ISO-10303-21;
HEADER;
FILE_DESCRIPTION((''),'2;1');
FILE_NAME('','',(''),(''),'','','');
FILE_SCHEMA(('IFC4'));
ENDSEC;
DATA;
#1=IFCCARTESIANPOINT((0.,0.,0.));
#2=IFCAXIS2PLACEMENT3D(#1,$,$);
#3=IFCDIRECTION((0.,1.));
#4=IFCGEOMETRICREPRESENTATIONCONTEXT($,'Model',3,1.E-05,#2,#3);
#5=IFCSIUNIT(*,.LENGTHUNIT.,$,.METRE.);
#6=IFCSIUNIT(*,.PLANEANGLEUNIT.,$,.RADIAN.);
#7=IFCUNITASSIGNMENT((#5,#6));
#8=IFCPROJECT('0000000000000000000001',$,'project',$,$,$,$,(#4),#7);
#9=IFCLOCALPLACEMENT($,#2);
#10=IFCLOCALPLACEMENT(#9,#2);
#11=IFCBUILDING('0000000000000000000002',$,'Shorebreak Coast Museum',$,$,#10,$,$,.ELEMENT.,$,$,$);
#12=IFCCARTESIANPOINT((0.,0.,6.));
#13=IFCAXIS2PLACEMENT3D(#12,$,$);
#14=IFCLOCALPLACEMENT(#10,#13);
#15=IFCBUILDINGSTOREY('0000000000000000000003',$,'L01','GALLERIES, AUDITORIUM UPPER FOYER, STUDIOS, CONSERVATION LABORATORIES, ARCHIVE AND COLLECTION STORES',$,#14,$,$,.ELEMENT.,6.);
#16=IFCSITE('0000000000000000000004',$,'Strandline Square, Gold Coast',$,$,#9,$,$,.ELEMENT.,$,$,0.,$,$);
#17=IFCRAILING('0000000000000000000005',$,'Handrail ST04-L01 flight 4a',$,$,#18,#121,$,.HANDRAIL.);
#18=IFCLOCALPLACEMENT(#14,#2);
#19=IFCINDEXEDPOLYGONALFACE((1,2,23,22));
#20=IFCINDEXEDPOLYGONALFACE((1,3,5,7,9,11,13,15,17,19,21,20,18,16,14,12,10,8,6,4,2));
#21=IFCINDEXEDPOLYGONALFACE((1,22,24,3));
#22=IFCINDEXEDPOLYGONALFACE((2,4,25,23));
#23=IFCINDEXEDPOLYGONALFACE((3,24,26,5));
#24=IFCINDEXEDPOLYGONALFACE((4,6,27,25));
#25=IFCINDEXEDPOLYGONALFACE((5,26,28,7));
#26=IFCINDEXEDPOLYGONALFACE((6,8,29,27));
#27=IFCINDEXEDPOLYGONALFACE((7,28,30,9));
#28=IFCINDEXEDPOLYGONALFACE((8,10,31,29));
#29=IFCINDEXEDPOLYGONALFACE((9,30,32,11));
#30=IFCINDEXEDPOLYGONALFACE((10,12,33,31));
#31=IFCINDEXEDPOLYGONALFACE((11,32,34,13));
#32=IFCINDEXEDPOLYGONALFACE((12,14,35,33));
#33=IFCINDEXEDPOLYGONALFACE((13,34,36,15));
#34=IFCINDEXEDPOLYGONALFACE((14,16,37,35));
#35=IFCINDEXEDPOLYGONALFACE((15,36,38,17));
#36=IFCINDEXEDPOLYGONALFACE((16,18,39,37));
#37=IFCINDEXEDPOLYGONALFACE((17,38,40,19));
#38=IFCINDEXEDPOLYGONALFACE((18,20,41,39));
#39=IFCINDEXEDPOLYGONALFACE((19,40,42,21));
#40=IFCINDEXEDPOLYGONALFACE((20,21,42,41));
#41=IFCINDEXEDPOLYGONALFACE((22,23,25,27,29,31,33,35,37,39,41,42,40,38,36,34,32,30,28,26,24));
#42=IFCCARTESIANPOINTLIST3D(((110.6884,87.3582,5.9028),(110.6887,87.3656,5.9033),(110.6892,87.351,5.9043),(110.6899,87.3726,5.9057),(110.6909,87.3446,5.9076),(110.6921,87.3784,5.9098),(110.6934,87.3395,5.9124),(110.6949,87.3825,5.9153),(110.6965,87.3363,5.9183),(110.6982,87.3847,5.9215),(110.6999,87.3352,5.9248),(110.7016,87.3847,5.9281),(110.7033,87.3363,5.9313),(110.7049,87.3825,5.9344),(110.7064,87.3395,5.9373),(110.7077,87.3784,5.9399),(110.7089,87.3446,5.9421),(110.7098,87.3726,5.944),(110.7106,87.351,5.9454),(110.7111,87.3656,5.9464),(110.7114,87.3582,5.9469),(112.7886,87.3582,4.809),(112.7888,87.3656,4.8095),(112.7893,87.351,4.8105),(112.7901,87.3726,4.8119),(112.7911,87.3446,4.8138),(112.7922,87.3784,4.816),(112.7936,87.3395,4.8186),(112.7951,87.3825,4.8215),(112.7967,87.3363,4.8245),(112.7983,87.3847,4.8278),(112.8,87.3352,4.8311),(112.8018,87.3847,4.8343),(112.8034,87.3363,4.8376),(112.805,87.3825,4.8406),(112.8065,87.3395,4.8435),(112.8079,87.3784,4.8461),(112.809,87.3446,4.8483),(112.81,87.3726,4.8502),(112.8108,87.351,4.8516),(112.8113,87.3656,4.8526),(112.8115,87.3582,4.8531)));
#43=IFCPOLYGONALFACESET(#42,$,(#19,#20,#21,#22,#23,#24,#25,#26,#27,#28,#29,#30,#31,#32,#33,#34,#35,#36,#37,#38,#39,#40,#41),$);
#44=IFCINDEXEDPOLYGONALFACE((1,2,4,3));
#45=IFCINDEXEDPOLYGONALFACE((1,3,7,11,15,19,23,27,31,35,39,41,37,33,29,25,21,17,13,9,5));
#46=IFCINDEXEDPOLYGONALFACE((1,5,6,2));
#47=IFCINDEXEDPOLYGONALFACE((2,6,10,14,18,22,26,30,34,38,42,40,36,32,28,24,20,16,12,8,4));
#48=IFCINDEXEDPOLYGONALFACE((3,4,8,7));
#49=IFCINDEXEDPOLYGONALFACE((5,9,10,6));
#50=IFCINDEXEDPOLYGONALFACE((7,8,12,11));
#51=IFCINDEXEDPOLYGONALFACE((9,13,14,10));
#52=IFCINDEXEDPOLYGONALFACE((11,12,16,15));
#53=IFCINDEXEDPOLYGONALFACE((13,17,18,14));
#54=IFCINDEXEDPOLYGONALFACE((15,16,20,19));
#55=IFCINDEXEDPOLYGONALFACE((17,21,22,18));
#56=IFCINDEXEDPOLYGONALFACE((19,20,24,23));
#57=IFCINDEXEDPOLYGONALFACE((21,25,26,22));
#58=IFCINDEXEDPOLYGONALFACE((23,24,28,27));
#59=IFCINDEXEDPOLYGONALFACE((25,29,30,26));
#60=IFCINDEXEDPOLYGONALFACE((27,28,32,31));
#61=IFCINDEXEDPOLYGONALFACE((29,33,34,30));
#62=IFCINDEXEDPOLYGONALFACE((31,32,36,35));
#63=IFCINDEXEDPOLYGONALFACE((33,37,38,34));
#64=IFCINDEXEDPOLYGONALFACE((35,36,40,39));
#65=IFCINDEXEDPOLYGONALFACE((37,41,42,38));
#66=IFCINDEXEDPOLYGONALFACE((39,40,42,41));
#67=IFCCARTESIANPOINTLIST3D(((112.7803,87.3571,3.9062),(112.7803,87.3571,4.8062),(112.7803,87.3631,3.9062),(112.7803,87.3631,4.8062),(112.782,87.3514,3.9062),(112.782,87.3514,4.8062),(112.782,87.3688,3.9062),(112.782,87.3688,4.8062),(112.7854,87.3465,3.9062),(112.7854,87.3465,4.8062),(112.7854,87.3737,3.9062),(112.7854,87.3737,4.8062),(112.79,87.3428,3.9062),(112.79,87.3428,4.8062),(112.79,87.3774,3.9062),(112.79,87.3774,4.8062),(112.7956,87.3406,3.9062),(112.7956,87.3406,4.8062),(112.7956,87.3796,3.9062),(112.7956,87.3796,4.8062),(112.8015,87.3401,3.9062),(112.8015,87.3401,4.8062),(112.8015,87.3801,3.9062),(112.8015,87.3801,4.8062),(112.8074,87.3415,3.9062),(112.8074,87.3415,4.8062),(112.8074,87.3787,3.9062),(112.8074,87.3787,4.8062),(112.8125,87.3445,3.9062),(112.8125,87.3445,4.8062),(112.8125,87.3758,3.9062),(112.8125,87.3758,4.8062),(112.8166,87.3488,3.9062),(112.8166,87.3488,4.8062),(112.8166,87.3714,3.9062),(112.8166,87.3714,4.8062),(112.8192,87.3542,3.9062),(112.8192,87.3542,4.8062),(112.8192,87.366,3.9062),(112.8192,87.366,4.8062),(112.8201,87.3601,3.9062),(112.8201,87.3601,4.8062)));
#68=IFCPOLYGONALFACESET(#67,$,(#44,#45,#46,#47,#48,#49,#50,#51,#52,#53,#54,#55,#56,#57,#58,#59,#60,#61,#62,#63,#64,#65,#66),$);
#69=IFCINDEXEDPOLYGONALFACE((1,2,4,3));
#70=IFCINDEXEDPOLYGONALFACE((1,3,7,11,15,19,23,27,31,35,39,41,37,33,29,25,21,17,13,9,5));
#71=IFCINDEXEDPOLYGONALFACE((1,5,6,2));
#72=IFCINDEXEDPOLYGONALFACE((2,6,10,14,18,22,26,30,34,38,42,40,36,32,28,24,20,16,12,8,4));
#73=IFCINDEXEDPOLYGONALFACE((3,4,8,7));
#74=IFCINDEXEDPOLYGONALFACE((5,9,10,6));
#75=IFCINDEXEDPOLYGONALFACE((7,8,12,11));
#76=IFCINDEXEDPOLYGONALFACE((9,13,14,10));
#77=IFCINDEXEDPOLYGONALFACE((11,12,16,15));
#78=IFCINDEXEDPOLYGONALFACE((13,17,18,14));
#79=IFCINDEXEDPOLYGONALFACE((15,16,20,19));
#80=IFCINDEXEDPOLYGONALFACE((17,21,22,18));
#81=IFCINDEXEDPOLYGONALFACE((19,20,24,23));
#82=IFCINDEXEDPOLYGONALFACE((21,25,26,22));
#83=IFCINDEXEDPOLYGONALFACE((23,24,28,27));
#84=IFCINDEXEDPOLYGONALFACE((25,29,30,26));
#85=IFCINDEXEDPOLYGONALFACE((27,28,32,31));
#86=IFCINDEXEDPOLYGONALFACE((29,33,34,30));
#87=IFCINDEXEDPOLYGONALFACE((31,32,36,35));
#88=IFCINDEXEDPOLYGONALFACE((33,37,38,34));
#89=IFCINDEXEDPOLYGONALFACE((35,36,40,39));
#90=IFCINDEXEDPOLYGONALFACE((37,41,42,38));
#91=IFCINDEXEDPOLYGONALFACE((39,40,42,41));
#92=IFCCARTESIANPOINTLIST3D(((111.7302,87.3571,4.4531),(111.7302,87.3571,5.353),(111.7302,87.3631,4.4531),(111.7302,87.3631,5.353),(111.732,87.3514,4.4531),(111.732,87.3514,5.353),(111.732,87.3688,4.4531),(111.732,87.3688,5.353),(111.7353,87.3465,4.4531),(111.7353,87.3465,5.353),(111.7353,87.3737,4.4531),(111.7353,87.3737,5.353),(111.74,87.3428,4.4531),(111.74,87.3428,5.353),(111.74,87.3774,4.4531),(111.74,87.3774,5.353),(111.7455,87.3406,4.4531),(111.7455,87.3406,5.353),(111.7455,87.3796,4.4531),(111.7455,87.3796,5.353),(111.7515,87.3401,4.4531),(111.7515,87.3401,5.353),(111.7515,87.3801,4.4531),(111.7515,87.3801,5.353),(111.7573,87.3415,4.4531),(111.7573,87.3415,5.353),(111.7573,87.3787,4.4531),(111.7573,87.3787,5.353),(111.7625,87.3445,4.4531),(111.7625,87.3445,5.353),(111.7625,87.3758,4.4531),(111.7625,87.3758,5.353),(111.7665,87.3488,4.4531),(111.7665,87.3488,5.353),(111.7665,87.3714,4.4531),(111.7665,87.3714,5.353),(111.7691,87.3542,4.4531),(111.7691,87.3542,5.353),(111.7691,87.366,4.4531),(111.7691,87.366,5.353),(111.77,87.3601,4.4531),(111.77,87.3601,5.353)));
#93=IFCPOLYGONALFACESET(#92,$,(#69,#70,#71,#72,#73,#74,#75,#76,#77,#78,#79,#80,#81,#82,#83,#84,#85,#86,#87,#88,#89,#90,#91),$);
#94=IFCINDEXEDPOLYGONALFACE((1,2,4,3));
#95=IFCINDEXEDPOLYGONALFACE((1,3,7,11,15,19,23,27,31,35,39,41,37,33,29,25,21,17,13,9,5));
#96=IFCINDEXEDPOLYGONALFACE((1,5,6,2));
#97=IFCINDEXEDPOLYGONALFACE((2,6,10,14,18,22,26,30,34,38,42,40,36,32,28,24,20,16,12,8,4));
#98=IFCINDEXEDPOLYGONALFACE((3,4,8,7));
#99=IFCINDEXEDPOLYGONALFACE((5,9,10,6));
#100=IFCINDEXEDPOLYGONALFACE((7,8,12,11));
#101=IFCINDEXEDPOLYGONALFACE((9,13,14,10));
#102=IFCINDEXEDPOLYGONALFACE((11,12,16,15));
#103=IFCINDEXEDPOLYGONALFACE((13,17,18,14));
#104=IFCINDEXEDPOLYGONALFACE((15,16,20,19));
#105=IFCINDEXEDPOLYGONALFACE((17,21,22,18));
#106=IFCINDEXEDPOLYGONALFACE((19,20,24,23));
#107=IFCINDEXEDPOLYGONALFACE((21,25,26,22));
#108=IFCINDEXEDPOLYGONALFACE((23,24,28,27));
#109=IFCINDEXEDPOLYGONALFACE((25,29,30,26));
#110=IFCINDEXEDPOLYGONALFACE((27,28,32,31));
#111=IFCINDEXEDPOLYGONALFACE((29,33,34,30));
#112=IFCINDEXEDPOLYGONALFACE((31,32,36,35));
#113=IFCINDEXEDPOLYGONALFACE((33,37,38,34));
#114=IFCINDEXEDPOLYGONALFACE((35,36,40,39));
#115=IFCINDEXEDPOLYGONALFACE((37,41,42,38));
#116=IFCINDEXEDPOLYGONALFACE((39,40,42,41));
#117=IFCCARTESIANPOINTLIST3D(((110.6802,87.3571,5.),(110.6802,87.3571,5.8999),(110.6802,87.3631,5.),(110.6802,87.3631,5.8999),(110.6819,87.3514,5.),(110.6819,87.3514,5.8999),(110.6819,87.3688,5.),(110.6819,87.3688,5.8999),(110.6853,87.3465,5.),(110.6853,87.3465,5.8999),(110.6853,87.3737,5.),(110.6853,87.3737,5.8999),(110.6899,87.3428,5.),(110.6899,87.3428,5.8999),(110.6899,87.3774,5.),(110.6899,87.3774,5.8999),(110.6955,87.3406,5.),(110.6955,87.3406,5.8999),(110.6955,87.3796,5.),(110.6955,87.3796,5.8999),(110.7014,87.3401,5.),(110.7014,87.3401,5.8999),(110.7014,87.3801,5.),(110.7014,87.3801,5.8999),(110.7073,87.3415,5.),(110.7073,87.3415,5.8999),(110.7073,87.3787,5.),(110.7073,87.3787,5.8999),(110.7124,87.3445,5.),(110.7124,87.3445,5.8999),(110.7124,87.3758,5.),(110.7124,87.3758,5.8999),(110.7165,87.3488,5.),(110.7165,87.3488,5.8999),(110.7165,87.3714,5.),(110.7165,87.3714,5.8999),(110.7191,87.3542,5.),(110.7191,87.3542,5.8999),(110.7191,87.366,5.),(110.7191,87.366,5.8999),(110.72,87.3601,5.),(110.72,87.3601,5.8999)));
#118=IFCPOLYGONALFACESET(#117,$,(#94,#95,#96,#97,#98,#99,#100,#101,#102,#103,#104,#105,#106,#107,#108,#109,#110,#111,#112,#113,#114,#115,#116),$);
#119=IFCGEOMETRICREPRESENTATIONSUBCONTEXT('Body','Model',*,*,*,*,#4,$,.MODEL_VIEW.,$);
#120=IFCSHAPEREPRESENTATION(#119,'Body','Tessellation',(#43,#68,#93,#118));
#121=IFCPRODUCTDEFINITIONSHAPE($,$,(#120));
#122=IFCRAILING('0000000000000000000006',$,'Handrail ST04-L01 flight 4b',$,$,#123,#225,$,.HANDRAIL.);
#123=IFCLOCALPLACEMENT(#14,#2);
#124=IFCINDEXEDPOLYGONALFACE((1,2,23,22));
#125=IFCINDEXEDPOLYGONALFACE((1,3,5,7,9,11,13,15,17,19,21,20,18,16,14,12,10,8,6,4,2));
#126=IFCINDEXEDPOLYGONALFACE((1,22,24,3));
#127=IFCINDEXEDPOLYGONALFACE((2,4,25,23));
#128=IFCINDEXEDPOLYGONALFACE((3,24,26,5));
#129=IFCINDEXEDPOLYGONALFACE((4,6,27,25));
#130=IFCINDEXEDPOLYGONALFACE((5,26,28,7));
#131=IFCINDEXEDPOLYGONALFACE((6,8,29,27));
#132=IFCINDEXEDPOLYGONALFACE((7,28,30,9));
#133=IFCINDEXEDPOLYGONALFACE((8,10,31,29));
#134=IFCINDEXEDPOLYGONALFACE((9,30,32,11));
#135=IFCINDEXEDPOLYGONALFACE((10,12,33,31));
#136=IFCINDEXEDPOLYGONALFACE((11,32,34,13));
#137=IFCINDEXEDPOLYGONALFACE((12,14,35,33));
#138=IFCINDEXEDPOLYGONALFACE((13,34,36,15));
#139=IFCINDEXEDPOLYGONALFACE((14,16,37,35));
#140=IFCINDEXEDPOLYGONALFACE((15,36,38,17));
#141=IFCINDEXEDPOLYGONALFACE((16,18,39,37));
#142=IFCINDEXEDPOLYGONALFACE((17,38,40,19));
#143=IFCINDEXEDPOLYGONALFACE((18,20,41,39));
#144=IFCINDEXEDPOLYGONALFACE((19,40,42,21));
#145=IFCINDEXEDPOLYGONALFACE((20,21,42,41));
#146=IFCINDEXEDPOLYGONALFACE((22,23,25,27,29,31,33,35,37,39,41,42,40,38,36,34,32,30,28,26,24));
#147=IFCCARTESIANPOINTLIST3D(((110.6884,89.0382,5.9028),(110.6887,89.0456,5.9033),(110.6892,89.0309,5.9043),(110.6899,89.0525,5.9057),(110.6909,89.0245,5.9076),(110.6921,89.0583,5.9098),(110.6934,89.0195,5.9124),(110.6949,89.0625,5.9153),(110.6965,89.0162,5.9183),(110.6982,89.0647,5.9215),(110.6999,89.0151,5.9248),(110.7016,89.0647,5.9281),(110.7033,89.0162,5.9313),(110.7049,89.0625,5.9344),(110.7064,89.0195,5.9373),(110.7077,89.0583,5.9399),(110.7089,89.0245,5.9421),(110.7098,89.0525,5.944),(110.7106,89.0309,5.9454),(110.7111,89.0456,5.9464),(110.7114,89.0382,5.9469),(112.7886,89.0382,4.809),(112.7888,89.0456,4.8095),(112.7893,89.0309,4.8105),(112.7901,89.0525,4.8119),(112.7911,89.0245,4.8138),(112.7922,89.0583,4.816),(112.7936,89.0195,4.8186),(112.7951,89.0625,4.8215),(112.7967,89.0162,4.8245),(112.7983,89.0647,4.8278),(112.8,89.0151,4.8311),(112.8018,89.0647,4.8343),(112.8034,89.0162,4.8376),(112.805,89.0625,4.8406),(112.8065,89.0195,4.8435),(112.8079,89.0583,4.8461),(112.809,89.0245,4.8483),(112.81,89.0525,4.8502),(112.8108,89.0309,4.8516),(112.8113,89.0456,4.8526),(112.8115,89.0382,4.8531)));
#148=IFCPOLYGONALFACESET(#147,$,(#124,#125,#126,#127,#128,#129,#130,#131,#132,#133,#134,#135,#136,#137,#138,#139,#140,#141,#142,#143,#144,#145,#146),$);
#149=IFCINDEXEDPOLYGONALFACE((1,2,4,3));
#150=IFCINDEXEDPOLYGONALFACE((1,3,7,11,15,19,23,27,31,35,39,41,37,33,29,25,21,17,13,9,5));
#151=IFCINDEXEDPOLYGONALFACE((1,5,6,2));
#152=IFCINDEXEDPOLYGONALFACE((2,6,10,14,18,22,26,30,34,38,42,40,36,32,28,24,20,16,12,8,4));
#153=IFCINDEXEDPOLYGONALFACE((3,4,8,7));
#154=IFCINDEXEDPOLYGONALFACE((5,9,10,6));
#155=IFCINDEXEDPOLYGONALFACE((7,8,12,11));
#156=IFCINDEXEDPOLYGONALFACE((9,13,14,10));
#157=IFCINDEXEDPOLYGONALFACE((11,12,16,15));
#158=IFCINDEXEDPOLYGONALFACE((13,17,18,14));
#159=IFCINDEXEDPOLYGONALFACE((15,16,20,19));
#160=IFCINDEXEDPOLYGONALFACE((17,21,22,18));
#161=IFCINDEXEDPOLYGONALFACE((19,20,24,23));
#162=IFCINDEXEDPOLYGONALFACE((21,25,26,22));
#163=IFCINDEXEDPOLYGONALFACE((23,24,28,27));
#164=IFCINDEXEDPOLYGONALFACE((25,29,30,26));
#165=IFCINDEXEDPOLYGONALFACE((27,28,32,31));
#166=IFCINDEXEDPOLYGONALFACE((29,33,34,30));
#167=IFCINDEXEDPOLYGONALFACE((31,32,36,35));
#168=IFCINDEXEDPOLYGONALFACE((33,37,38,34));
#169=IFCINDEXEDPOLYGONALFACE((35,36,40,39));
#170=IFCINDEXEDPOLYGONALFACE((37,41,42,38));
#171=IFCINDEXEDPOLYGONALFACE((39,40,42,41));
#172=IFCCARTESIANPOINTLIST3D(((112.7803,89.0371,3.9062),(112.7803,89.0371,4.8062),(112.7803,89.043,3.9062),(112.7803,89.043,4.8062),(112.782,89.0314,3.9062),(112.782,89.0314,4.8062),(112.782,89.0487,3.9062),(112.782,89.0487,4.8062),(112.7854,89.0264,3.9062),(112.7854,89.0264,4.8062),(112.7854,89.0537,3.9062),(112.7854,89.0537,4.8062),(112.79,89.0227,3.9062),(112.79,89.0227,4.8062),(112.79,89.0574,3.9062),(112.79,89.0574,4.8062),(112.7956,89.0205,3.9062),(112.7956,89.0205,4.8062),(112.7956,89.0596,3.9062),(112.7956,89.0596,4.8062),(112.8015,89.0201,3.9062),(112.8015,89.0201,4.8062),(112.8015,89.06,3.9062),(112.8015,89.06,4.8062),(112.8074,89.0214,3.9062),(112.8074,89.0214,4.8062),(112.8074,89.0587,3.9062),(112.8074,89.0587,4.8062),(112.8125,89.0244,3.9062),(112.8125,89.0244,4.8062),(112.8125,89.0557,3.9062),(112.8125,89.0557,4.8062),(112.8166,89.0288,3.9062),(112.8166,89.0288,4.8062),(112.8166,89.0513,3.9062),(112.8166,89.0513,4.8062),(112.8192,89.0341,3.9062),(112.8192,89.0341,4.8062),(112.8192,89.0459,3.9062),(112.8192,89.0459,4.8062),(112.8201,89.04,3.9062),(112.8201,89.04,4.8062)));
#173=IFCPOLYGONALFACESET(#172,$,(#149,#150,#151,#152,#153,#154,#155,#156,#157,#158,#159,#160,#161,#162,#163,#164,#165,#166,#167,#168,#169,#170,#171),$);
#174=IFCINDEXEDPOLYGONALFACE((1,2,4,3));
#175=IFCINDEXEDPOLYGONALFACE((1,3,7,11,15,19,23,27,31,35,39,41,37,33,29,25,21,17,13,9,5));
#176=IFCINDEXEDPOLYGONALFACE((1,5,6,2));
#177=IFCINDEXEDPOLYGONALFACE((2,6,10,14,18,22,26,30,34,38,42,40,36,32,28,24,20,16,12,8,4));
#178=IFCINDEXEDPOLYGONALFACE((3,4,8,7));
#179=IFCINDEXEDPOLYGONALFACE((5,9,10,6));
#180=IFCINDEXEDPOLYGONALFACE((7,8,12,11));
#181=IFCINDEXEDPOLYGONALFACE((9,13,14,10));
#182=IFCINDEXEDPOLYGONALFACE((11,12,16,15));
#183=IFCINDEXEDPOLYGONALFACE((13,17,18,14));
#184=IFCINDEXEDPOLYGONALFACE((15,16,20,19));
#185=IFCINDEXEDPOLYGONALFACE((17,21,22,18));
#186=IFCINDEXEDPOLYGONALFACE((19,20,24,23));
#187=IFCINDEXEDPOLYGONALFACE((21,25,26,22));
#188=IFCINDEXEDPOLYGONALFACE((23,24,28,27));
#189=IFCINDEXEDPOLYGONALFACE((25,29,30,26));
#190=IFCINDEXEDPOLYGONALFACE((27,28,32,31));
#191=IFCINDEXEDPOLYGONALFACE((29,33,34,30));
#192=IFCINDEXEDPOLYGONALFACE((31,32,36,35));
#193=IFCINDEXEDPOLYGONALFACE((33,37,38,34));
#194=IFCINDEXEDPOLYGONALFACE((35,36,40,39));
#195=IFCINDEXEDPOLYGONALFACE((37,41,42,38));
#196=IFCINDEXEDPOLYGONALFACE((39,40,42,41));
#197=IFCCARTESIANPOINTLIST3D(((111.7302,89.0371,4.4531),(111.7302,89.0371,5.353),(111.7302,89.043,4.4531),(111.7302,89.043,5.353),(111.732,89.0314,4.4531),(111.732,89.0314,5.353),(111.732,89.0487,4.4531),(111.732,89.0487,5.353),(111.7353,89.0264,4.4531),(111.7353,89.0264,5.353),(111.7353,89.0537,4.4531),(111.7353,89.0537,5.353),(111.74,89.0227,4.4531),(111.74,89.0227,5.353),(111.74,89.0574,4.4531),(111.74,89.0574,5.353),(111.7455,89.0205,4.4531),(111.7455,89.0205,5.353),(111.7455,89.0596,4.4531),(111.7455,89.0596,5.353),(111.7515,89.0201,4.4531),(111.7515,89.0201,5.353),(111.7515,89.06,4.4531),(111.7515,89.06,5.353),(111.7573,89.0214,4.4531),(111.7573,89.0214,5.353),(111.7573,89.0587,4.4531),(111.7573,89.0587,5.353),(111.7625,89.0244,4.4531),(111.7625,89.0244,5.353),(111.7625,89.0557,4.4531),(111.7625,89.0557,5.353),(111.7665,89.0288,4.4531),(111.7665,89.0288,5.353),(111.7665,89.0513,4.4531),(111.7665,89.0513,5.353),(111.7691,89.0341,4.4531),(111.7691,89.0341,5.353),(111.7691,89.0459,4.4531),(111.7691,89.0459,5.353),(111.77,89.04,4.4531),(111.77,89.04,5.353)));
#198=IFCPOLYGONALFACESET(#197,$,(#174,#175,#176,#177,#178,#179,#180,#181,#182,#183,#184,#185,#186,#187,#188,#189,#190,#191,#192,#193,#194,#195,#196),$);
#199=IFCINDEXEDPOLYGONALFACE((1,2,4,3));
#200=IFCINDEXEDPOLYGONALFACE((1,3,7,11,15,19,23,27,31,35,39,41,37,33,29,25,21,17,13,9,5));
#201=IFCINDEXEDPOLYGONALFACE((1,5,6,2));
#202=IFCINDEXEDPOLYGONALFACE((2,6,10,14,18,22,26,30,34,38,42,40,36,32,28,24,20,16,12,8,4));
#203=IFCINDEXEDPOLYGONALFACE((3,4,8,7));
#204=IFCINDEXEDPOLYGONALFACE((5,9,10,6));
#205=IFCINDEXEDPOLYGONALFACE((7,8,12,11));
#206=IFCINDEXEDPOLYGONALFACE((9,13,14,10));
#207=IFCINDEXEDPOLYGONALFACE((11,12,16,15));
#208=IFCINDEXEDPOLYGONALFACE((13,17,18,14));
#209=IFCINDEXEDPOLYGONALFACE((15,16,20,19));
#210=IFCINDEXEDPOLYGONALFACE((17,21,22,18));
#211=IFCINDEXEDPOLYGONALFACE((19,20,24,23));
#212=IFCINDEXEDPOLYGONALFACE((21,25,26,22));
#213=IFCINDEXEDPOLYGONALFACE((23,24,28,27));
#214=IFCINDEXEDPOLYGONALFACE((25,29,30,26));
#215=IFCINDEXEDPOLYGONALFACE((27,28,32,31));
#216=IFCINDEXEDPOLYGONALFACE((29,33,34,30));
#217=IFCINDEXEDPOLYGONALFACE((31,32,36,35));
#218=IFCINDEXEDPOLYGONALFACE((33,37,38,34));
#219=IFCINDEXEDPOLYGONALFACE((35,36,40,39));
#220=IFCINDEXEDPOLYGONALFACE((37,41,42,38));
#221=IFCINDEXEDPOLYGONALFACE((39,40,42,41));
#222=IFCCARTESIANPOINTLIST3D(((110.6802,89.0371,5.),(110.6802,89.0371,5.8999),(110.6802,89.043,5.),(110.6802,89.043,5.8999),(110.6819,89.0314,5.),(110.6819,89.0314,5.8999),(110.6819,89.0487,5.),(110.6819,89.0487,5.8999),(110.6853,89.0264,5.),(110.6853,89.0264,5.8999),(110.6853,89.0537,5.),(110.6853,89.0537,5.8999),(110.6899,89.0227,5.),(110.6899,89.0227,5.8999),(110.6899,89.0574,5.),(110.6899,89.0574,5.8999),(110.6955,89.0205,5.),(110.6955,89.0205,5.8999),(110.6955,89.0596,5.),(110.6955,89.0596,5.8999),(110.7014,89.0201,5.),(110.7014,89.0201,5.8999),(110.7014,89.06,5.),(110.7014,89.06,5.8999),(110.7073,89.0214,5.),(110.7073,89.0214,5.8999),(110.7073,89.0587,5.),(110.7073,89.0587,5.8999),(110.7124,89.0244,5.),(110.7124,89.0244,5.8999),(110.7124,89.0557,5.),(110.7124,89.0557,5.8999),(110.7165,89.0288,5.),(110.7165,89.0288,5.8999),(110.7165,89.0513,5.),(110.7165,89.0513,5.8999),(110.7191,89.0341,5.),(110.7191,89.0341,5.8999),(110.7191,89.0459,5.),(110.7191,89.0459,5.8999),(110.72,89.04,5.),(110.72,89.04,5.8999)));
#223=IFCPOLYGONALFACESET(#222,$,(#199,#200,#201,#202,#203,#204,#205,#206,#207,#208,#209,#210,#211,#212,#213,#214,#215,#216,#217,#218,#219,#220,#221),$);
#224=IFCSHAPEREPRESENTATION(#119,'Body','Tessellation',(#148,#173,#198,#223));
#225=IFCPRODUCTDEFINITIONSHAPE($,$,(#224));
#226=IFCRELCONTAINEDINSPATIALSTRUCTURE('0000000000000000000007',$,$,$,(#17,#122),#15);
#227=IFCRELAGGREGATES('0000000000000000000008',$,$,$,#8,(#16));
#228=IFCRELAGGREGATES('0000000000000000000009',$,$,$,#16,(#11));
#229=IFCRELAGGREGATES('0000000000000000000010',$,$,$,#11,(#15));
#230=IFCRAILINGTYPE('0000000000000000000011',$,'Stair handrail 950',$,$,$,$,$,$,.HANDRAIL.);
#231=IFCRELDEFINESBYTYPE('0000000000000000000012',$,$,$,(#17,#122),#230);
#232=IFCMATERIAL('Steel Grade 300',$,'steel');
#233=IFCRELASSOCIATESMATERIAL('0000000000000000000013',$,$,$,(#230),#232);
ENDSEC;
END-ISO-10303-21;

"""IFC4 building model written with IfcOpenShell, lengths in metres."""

from ifc_helpers import new_model, si_unit, direction, frame, origin, origin_2d, place, context, subcontext, project, spatial, circle, extrude, material, type_object, element, save


model = new_model("IFC4")

# Units and contexts
model_context = context("Model", 3, precision=1e-05, world=origin(), true_north=direction((0.0, 1.0)))
body_context = subcontext(model_context, "Body", "Model", "MODEL_VIEW")
ifc_project = project(units=[si_unit("LENGTHUNIT", "METRE"), si_unit("PLANEANGLEUNIT", "RADIAN")], contexts=[model_context])

# Site, building, storey
site_placement = place(None, origin())
site = spatial("IfcSite", under=ifc_project, at=site_placement, Name="Strandline Square, Gold Coast", CompositionType="ELEMENT", RefElevation=0.0)
building_placement = place(site_placement, origin())
building = spatial("IfcBuilding", under=site, at=building_placement, Name="Shorebreak Coast Museum", CompositionType="ELEMENT")
storey_placement = place(building_placement, frame((0.0, 0.0, 6.0)))
storey = spatial("IfcBuildingStorey", under=building, at=storey_placement, Name="L01", Description="GALLERIES, AUDITORIUM UPPER FOYER, STUDIOS, CONSERVATION LABORATORIES, ARCHIVE AND COLLECTION STORES", CompositionType="ELEMENT", Elevation=6.0)

# Railings
ifc_material_1 = material(Name="Steel Grade 300", Category="steel")
railing_type_1 = type_object("IfcRailingType", Name="Stair handrail 950", PredefinedType="HANDRAIL", material=ifc_material_1)
for number, where, name in (
    (1, (112.8, 87.3601, 3.9062), "Handrail ST04-L01 flight 4a"),
    (2, (112.8, 89.04, 3.9062), "Handrail ST04-L01 flight 4b"),
):
    element("IfcRailing", number, at=place(storey_placement, frame(where)), inside=storey, type_object=railing_type_1, Name=name, PredefinedType="HANDRAIL", context=body_context, shape_type="SweptSolid", body=[
        extrude(circle(Radius=0.0249, at=origin_2d()), frame((0.0, 0.0, 0.9248), z_axis=(-0.886923, 0.0, 0.461918), x_axis=(0.0, -1.0, 0.0)), (0.0, 0.0, 1.0), 2.3679),
        extrude(circle(Radius=0.02, at=origin_2d()), origin(), (0.0, 0.0, 1.0), 0.8999),
        extrude(circle(Radius=0.02, at=origin_2d()), frame((-1.05, 0.0, 0.5469)), (0.0, 0.0, 1.0), 0.8999),
        extrude(circle(Radius=0.02, at=origin_2d()), frame((-2.1001, 0.0, 1.0938)), (0.0, 0.0, 1.0), 0.8999),
    ])

save(model, "model.ifc")
